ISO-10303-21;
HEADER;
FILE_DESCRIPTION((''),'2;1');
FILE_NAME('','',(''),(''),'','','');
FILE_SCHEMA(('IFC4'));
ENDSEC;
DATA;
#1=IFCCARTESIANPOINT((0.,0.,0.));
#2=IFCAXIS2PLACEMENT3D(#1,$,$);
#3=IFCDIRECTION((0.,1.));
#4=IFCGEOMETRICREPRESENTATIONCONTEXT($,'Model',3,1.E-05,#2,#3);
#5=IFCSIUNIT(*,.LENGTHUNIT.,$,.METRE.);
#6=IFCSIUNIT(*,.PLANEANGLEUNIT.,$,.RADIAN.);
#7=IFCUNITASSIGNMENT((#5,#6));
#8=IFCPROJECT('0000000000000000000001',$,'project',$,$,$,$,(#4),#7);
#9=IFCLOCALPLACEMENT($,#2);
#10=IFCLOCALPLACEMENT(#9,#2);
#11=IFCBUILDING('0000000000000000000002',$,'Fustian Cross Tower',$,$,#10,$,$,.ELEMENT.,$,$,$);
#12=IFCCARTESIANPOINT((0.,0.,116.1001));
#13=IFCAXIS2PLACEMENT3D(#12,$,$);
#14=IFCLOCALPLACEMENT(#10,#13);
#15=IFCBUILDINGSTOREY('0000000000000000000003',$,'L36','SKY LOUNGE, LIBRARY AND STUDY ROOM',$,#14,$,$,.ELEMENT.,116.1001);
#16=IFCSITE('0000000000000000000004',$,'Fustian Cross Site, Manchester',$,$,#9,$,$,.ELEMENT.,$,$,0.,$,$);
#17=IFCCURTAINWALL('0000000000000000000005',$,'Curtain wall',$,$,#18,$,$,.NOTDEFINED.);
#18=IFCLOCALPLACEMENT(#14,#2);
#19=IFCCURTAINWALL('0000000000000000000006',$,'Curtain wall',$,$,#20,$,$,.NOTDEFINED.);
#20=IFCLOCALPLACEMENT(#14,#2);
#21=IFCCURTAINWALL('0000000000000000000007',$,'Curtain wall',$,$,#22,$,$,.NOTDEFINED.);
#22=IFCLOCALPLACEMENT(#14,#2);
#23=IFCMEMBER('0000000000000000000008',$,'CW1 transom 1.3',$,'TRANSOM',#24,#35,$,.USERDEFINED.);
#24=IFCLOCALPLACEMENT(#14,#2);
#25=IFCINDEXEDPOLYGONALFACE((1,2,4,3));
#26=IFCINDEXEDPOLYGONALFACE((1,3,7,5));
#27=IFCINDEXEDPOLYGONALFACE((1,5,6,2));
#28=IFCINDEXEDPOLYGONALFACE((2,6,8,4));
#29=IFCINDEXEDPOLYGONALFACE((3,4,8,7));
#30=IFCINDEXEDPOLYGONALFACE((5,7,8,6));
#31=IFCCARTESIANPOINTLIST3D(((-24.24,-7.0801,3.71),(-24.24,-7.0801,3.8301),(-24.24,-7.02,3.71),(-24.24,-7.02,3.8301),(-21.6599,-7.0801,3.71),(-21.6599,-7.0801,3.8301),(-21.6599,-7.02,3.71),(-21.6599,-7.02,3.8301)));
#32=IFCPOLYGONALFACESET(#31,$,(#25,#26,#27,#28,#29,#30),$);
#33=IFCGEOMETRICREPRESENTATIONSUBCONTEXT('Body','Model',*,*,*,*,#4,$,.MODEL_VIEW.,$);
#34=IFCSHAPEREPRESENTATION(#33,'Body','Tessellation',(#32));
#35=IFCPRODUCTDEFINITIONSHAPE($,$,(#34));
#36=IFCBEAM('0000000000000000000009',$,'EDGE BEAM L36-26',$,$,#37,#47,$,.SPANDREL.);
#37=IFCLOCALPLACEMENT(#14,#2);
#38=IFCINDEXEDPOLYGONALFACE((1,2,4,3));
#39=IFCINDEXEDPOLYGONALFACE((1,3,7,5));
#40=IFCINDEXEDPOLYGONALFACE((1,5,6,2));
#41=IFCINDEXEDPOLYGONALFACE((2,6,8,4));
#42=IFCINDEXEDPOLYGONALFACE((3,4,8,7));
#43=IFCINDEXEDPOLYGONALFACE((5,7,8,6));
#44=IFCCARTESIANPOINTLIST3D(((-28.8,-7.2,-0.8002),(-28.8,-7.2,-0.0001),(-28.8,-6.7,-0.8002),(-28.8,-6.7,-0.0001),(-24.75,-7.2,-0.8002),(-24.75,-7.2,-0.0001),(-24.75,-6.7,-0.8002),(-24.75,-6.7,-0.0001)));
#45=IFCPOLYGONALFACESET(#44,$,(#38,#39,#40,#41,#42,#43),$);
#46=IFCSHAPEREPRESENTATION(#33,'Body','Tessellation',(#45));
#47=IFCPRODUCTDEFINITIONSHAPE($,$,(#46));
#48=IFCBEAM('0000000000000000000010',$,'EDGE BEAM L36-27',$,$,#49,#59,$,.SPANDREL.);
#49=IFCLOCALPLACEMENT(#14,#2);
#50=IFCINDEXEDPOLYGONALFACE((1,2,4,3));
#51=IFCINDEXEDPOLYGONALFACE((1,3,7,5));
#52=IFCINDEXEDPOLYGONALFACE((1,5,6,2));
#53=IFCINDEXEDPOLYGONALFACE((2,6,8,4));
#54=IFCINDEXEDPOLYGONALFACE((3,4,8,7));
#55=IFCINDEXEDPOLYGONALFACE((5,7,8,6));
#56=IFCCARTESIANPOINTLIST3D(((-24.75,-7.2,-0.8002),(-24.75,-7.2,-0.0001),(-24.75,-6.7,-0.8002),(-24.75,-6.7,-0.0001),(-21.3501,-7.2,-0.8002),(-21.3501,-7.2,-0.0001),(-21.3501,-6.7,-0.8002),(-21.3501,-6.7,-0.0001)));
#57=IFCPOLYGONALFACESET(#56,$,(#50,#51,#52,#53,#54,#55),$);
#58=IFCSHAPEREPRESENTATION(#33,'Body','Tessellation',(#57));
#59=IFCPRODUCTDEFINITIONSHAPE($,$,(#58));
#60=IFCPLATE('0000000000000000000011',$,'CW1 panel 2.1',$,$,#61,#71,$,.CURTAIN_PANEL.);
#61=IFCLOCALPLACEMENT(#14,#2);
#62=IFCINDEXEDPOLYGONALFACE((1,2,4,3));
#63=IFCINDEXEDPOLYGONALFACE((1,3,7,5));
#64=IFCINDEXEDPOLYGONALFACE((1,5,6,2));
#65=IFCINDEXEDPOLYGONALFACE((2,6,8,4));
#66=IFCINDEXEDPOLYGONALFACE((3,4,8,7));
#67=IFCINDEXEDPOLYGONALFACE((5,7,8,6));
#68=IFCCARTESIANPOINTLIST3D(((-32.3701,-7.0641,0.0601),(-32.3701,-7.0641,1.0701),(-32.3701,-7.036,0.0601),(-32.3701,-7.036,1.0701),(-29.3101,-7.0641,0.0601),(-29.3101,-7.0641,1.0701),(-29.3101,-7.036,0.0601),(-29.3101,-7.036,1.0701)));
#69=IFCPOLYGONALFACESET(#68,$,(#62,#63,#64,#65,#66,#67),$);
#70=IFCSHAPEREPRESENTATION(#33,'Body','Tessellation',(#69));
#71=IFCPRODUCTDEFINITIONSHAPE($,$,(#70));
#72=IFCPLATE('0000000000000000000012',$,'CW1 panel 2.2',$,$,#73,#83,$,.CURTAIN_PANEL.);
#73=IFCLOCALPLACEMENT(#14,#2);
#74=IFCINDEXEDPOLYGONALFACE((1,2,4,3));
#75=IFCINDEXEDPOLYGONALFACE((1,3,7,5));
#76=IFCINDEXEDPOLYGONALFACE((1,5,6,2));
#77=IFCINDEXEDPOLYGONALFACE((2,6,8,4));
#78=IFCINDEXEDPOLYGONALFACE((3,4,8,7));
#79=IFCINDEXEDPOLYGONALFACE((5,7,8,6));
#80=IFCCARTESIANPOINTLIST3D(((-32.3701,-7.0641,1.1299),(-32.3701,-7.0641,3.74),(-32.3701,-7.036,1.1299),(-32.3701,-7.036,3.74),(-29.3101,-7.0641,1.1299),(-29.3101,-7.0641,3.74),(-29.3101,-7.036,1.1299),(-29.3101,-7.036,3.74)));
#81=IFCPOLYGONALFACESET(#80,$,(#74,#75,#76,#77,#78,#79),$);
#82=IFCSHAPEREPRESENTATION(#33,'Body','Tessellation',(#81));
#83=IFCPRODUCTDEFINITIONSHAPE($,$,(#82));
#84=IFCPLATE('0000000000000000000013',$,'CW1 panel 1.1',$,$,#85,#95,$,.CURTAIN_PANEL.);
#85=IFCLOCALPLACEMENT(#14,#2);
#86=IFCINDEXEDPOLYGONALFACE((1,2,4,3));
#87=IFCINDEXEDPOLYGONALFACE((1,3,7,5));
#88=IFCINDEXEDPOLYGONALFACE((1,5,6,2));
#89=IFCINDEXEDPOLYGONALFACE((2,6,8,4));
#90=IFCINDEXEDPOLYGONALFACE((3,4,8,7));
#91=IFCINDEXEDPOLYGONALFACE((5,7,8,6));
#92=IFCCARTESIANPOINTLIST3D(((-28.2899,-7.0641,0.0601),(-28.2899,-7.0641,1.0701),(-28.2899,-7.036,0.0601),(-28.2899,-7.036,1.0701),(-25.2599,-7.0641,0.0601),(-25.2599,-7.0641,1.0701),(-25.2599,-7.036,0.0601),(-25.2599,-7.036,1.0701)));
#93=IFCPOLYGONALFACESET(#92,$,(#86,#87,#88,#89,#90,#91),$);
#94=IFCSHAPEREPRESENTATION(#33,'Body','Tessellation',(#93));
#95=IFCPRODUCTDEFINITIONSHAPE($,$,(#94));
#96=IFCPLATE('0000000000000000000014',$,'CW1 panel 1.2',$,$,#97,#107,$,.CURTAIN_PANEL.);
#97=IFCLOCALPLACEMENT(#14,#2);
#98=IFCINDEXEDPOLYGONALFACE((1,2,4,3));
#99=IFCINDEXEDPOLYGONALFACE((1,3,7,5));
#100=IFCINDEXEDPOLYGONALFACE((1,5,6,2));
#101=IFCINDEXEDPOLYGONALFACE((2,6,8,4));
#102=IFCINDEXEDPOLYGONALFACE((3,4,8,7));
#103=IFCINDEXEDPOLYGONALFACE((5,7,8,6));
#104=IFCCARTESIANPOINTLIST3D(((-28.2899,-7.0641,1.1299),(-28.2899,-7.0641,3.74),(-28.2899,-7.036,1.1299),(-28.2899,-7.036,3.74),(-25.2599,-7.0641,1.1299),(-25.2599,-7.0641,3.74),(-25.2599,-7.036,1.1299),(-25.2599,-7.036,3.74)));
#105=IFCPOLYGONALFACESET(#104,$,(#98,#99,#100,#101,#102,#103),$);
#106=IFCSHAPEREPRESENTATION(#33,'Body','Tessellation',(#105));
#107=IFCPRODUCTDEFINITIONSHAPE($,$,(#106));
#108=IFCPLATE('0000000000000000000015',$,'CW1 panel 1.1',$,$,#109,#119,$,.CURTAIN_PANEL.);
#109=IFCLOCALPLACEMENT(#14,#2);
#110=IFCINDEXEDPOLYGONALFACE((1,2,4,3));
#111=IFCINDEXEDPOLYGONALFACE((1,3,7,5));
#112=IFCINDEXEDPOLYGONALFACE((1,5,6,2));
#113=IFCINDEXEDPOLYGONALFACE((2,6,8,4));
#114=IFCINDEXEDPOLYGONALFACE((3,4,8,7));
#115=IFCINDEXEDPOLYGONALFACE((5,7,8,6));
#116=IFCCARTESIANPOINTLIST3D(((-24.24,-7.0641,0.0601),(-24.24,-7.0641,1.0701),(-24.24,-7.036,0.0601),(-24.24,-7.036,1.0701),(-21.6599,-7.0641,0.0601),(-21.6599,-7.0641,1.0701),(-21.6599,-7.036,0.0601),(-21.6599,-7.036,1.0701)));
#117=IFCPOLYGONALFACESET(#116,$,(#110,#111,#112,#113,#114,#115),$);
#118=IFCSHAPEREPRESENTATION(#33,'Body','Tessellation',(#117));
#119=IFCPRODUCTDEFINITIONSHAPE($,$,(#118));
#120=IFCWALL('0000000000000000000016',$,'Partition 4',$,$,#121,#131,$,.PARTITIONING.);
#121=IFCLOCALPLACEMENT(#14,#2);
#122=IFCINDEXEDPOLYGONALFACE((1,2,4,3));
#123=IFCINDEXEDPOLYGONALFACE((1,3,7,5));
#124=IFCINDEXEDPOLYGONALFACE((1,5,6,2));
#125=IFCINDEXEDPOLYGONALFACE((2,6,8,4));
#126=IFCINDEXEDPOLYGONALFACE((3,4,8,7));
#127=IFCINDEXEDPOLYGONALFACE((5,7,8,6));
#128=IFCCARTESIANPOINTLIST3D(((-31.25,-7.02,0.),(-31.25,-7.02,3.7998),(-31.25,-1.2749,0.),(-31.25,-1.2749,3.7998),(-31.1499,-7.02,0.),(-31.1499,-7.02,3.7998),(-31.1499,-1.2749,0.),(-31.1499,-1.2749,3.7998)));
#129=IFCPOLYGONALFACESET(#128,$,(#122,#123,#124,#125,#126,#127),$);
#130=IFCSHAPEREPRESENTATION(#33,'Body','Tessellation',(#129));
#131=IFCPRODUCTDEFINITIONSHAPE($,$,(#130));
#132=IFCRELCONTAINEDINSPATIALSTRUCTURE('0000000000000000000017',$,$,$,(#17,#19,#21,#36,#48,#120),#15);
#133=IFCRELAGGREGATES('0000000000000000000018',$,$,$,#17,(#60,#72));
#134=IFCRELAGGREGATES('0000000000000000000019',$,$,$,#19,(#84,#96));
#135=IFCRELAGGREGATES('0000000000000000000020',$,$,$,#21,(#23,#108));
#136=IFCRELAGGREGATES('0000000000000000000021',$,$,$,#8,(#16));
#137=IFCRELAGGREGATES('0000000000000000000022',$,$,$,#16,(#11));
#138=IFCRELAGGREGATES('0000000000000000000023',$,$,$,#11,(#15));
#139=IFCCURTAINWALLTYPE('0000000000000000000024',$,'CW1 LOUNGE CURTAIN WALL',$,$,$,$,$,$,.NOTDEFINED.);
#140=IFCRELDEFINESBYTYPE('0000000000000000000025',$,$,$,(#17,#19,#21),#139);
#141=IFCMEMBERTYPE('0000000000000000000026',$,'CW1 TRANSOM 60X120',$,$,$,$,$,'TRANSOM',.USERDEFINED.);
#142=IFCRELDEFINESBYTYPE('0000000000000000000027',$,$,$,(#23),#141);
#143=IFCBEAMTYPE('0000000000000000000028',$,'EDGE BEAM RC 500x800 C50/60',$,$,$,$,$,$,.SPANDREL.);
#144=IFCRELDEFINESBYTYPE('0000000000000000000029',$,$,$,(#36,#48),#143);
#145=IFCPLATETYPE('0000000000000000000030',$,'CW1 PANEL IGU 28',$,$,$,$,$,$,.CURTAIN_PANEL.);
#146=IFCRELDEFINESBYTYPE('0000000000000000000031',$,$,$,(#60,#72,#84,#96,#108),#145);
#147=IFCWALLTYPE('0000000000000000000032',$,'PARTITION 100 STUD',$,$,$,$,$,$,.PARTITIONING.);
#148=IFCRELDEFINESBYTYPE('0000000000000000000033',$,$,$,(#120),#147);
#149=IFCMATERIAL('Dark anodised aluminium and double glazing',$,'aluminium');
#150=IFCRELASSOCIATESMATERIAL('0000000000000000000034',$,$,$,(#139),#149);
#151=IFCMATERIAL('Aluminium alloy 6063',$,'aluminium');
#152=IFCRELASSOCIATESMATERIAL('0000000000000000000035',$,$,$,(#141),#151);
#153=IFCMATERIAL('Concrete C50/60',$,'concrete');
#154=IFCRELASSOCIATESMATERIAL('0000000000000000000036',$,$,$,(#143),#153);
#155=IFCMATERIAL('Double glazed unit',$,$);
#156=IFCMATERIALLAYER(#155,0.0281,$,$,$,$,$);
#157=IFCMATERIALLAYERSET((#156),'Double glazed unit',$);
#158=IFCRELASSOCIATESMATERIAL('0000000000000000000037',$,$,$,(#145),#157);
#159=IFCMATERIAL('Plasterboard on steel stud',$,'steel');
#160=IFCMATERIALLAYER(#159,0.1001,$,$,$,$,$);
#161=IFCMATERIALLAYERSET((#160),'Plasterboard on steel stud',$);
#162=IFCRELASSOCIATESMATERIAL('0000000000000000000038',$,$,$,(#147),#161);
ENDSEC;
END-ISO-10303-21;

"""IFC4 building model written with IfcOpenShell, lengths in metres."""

from ifc_helpers import new_model, si_unit, direction, frame, frame_2d, origin, origin_2d, place, context, subcontext, project, spatial, rectangle, extrude, material, layer, layer_set, material_profile, profile_set, type_object, element, aggregate, save


model = new_model("IFC4")

# Units and contexts
model_context = context("Model", 3, precision=1e-05, world=origin(), true_north=direction((0.0, 1.0)))
body_context = subcontext(model_context, "Body", "Model", "MODEL_VIEW")
ifc_project = project(units=[si_unit("LENGTHUNIT", "METRE"), si_unit("PLANEANGLEUNIT", "RADIAN")], contexts=[model_context])

# Site, building, storey
site_placement = place(None, origin())
site = spatial("IfcSite", under=ifc_project, at=site_placement, Name="Fustian Cross Site, Manchester", CompositionType="ELEMENT", RefElevation=0.0)
building_placement = place(site_placement, origin())
building = spatial("IfcBuilding", under=site, at=building_placement, Name="Fustian Cross Tower", CompositionType="ELEMENT")
storey_placement = place(building_placement, frame((0.0, 0.0, 116.1001)))
storey = spatial("IfcBuildingStorey", under=building, at=storey_placement, Name="L36", Description="SKY LOUNGE, LIBRARY AND STUDY ROOM", CompositionType="ELEMENT", Elevation=116.1001)

# Curtain walls
ifc_material_1 = material(Name="Dark anodised aluminium and double glazing", Category="aluminium")
curtain_wall_type = type_object("IfcCurtainWallType", Name="CW1 LOUNGE CURTAIN WALL", PredefinedType="NOTDEFINED", material=ifc_material_1)
curtain_wall_1_placement = place(storey_placement, origin())
curtain_wall_1 = element("IfcCurtainWall", 1, at=curtain_wall_1_placement, inside=storey, type_object=curtain_wall_type, Name="Curtain wall", PredefinedType="NOTDEFINED")
curtain_wall_2_placement = place(storey_placement, origin())
curtain_wall_2 = element("IfcCurtainWall", 2, at=curtain_wall_2_placement, inside=storey, type_object=curtain_wall_type, Name="Curtain wall", PredefinedType="NOTDEFINED")

# Curtain wall
curtain_wall_3_placement = place(storey_placement, origin())
curtain_wall_3 = element("IfcCurtainWall", 3, at=curtain_wall_3_placement, inside=storey, type_object=curtain_wall_type, Name="Curtain wall", PredefinedType="NOTDEFINED")

# Member
ifc_material_2 = material(Name="Aluminium alloy 6063", Category="aluminium")
ifc_material_profile_1 = material_profile(ifc_material_2, rectangle(XDim=0.0601, YDim=0.1201, at=origin_2d()), Name="CW1 TRANSOM 60X120")
ifc_profile_set_1 = profile_set([ifc_material_profile_1], Name="Aluminium alloy 6063")
member_type_1 = type_object("IfcMemberType", Name="CW1 TRANSOM 60X120", ElementType="TRANSOM", PredefinedType="USERDEFINED", material=ifc_profile_set_1)
member_1_placement = place(storey_placement, frame((-24.24, -7.05, 3.77), z_axis=(1.0, 0.0, 0.0), x_axis=(0.0, 1.0, 0.0)))
member_1 = element("IfcMember", 4, at=member_1_placement, type_object=member_type_1, Name="CW1 transom 1.3", ObjectType="TRANSOM", PredefinedType="USERDEFINED", context=body_context, shape_type="SweptSolid", body=[
    extrude(rectangle(XDim=0.0601, YDim=0.1201, at=origin_2d()), origin(), (0.0, 0.0, 1.0), 2.5801),
])

# Beams
ifc_material_3 = material(Name="Concrete C50/60", Category="concrete")
ifc_material_profile_2 = material_profile(ifc_material_3, rectangle(XDim=0.5, YDim=0.8, at=origin_2d()), Name="RC 500x800")
ifc_profile_set_2 = profile_set([ifc_material_profile_2], Name="Concrete C50/60")
beam_type = type_object("IfcBeamType", Name="EDGE BEAM RC 500x800 C50/60", PredefinedType="SPANDREL", material=ifc_profile_set_2)
beam_1_placement = place(storey_placement, frame((-28.8, -6.95, -0.4001), z_axis=(1.0, 0.0, 0.0), x_axis=(0.0, 1.0, 0.0)))
element("IfcBeam", 5, at=beam_1_placement, inside=storey, type_object=beam_type, Name="EDGE BEAM L36-26", PredefinedType="SPANDREL", context=body_context, shape_type="SweptSolid", body=[
    extrude(rectangle(XDim=0.5, YDim=0.8, at=origin_2d()), origin(), (0.0, 0.0, 1.0), 4.05),
])
beam_2_placement = place(storey_placement, frame((-24.75, -6.95, -0.4001), z_axis=(1.0, 0.0, 0.0), x_axis=(0.0, 1.0, 0.0)))
element("IfcBeam", 6, at=beam_2_placement, inside=storey, type_object=beam_type, Name="EDGE BEAM L36-27", PredefinedType="SPANDREL", context=body_context, shape_type="SweptSolid", body=[
    extrude(rectangle(XDim=0.5, YDim=0.8, at=origin_2d()), origin(), (0.0, 0.0, 1.0), 3.3999),
])

# Plates
ifc_material_4 = material(Name="Double glazed unit")
ifc_layer_1 = layer(ifc_material_4, 0.0281)
ifc_layer_set_1 = layer_set([ifc_layer_1], Name="Double glazed unit")
plate_type = type_object("IfcPlateType", Name="CW1 PANEL IGU 28", PredefinedType="CURTAIN_PANEL", material=ifc_layer_set_1)
plate_1_placement = place(storey_placement, frame((-30.8401, -7.05, 0.0601), z_axis=(0.0, 0.0, 1.0), x_axis=(1.0, 0.0, 0.0)))
plate_1 = element("IfcPlate", 7, at=plate_1_placement, type_object=plate_type, Name="CW1 panel 2.1", PredefinedType="CURTAIN_PANEL", context=body_context, shape_type="SweptSolid", body=[
    extrude(rectangle(XDim=3.0601, YDim=0.0281, at=origin_2d()), origin(), (0.0, 0.0, 1.0), 1.01),
])
plate_2_placement = place(storey_placement, frame((-30.8401, -7.05, 1.1299), z_axis=(0.0, 0.0, 1.0), x_axis=(1.0, 0.0, 0.0)))
plate_2 = element("IfcPlate", 8, at=plate_2_placement, type_object=plate_type, Name="CW1 panel 2.2", PredefinedType="CURTAIN_PANEL", context=body_context, shape_type="SweptSolid", body=[
    extrude(rectangle(XDim=3.0601, YDim=0.0281, at=origin_2d()), origin(), (0.0, 0.0, 1.0), 2.6101),
])
aggregate(curtain_wall_1, [plate_1, plate_2])
plate_3_placement = place(storey_placement, frame((-26.7749, -7.05, 0.0601), z_axis=(0.0, 0.0, 1.0), x_axis=(1.0, 0.0, 0.0)))
plate_3 = element("IfcPlate", 9, at=plate_3_placement, type_object=plate_type, Name="CW1 panel 1.1", PredefinedType="CURTAIN_PANEL", context=body_context, shape_type="SweptSolid", body=[
    extrude(rectangle(XDim=3.03, YDim=0.0281, at=origin_2d()), origin(), (0.0, 0.0, 1.0), 1.01),
])
plate_4_placement = place(storey_placement, frame((-26.7749, -7.05, 1.1299), z_axis=(0.0, 0.0, 1.0), x_axis=(1.0, 0.0, 0.0)))
plate_4 = element("IfcPlate", 10, at=plate_4_placement, type_object=plate_type, Name="CW1 panel 1.2", PredefinedType="CURTAIN_PANEL", context=body_context, shape_type="SweptSolid", body=[
    extrude(rectangle(XDim=3.03, YDim=0.0281, at=origin_2d()), origin(), (0.0, 0.0, 1.0), 2.6101),
])
aggregate(curtain_wall_2, [plate_3, plate_4])
plate_5_placement = place(storey_placement, frame((-22.95, -7.05, 0.0601), z_axis=(0.0, 0.0, 1.0), x_axis=(1.0, 0.0, 0.0)))
plate_5 = element("IfcPlate", 11, at=plate_5_placement, type_object=plate_type, Name="CW1 panel 1.1", PredefinedType="CURTAIN_PANEL", context=body_context, shape_type="SweptSolid", body=[
    extrude(rectangle(XDim=2.5801, YDim=0.0281, at=origin_2d()), origin(), (0.0, 0.0, 1.0), 1.01),
])
aggregate(curtain_wall_3, [member_1, plate_5])

# Wall
ifc_material_5 = material(Name="Plasterboard on steel stud", Category="steel")
ifc_layer_2 = layer(ifc_material_5, 0.1001)
ifc_layer_set_2 = layer_set([ifc_layer_2], Name="Plasterboard on steel stud")
wall_type = type_object("IfcWallType", Name="PARTITION 100 STUD", PredefinedType="PARTITIONING", material=ifc_layer_set_2)
wall_placement = place(storey_placement, frame((-31.2, -7.02, 0.0), z_axis=(0.0, 0.0, 1.0), x_axis=(0.0, 1.0, 0.0)))
element("IfcWall", 12, at=wall_placement, inside=storey, type_object=wall_type, Name="Partition 4", PredefinedType="PARTITIONING", context=body_context, shape_type="SweptSolid", body=[
    extrude(rectangle(XDim=5.7451, YDim=0.1001, at=frame_2d((2.8726, 0.0))), origin(), (0.0, 0.0, 1.0), 3.7998),
])

save(model, "model.ifc")
